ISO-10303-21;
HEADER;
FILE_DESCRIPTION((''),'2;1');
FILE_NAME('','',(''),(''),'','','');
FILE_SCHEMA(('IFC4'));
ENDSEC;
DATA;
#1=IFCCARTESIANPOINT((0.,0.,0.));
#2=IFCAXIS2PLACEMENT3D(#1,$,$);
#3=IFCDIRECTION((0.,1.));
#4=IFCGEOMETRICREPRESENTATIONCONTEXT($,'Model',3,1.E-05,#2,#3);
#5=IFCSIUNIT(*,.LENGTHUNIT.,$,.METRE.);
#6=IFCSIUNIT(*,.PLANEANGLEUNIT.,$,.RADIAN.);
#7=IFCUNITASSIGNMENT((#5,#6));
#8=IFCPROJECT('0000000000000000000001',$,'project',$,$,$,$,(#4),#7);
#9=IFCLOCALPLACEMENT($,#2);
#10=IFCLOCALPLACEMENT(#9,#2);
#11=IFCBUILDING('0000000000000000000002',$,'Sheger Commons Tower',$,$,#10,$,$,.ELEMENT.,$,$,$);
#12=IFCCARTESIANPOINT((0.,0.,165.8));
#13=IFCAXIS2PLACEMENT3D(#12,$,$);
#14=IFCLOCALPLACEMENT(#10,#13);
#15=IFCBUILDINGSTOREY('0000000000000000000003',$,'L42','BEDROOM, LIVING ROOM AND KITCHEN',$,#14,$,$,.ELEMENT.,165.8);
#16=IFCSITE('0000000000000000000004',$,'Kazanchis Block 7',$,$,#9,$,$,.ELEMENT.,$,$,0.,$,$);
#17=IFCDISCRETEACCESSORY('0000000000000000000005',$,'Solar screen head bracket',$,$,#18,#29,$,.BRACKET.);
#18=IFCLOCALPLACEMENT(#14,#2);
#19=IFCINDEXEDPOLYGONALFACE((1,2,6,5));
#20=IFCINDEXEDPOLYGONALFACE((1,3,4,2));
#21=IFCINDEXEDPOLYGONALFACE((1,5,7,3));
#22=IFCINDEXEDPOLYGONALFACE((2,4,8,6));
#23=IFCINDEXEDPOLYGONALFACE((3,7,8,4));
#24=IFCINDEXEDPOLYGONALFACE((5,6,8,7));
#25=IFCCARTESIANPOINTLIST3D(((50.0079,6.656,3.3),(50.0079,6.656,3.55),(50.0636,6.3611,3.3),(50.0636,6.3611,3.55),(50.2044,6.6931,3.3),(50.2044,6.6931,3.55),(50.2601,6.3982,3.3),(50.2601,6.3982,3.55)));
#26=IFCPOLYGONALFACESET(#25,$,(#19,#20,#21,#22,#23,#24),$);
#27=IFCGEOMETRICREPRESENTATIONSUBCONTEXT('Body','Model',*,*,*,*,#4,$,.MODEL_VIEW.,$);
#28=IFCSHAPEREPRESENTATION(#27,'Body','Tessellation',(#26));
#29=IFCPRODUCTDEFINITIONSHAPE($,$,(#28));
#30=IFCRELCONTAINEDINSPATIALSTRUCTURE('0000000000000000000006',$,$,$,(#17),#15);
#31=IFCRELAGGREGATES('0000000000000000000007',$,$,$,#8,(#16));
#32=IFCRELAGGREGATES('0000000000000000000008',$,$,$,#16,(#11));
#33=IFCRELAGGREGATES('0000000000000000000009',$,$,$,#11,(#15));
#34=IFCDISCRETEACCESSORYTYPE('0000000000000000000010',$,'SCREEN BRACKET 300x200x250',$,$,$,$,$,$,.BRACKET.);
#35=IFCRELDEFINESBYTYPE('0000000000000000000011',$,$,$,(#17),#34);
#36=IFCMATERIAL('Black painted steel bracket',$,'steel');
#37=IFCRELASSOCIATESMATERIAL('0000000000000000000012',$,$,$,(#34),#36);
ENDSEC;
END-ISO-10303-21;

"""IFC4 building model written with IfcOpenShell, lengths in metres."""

from ifc_helpers import new_model, si_unit, direction, frame, origin, origin_2d, place, context, subcontext, project, spatial, rectangle, extrude, material, type_object, element, save


model = new_model("IFC4")

# Units and contexts
model_context = context("Model", 3, precision=1e-05, world=origin(), true_north=direction((0.0, 1.0)))
body_context = subcontext(model_context, "Body", "Model", "MODEL_VIEW")
ifc_project = project(units=[si_unit("LENGTHUNIT", "METRE"), si_unit("PLANEANGLEUNIT", "RADIAN")], contexts=[model_context])

# Site, building, storey
site_placement = place(None, origin())
site = spatial("IfcSite", under=ifc_project, at=site_placement, Name="Kazanchis Block 7", CompositionType="ELEMENT", RefElevation=0.0)
building_placement = place(site_placement, origin())
building = spatial("IfcBuilding", under=site, at=building_placement, Name="Sheger Commons Tower", CompositionType="ELEMENT")
storey_placement = place(building_placement, frame((0.0, 0.0, 165.8)))
storey = spatial("IfcBuildingStorey", under=building, at=storey_placement, Name="L42", Description="BEDROOM, LIVING ROOM AND KITCHEN", CompositionType="ELEMENT", Elevation=165.8)

# Discrete accessory
ifc_material_1 = material(Name="Black painted steel bracket", Category="steel")
discrete_accessory_type = type_object("IfcDiscreteAccessoryType", Name="SCREEN BRACKET 300x200x250", PredefinedType="BRACKET", material=ifc_material_1)
for number, where, z_axis, x_axis, name in (
    (1, (50.134, 6.5271, 3.3), (0.0, 0.0, 1.0), (-0.185615, 0.982623, 0.0), "Solar screen head bracket"),
):
    element("IfcDiscreteAccessory", number, at=place(storey_placement, frame(where, z_axis=z_axis, x_axis=x_axis)), inside=storey, type_object=discrete_accessory_type, Name=name, PredefinedType="BRACKET", context=body_context, shape_type="SweptSolid", body=[
        extrude(rectangle(XDim=0.3, YDim=0.2, at=origin_2d()), origin(), (0.0, 0.0, 1.0), 0.25),
    ])

save(model, "model.ifc")
